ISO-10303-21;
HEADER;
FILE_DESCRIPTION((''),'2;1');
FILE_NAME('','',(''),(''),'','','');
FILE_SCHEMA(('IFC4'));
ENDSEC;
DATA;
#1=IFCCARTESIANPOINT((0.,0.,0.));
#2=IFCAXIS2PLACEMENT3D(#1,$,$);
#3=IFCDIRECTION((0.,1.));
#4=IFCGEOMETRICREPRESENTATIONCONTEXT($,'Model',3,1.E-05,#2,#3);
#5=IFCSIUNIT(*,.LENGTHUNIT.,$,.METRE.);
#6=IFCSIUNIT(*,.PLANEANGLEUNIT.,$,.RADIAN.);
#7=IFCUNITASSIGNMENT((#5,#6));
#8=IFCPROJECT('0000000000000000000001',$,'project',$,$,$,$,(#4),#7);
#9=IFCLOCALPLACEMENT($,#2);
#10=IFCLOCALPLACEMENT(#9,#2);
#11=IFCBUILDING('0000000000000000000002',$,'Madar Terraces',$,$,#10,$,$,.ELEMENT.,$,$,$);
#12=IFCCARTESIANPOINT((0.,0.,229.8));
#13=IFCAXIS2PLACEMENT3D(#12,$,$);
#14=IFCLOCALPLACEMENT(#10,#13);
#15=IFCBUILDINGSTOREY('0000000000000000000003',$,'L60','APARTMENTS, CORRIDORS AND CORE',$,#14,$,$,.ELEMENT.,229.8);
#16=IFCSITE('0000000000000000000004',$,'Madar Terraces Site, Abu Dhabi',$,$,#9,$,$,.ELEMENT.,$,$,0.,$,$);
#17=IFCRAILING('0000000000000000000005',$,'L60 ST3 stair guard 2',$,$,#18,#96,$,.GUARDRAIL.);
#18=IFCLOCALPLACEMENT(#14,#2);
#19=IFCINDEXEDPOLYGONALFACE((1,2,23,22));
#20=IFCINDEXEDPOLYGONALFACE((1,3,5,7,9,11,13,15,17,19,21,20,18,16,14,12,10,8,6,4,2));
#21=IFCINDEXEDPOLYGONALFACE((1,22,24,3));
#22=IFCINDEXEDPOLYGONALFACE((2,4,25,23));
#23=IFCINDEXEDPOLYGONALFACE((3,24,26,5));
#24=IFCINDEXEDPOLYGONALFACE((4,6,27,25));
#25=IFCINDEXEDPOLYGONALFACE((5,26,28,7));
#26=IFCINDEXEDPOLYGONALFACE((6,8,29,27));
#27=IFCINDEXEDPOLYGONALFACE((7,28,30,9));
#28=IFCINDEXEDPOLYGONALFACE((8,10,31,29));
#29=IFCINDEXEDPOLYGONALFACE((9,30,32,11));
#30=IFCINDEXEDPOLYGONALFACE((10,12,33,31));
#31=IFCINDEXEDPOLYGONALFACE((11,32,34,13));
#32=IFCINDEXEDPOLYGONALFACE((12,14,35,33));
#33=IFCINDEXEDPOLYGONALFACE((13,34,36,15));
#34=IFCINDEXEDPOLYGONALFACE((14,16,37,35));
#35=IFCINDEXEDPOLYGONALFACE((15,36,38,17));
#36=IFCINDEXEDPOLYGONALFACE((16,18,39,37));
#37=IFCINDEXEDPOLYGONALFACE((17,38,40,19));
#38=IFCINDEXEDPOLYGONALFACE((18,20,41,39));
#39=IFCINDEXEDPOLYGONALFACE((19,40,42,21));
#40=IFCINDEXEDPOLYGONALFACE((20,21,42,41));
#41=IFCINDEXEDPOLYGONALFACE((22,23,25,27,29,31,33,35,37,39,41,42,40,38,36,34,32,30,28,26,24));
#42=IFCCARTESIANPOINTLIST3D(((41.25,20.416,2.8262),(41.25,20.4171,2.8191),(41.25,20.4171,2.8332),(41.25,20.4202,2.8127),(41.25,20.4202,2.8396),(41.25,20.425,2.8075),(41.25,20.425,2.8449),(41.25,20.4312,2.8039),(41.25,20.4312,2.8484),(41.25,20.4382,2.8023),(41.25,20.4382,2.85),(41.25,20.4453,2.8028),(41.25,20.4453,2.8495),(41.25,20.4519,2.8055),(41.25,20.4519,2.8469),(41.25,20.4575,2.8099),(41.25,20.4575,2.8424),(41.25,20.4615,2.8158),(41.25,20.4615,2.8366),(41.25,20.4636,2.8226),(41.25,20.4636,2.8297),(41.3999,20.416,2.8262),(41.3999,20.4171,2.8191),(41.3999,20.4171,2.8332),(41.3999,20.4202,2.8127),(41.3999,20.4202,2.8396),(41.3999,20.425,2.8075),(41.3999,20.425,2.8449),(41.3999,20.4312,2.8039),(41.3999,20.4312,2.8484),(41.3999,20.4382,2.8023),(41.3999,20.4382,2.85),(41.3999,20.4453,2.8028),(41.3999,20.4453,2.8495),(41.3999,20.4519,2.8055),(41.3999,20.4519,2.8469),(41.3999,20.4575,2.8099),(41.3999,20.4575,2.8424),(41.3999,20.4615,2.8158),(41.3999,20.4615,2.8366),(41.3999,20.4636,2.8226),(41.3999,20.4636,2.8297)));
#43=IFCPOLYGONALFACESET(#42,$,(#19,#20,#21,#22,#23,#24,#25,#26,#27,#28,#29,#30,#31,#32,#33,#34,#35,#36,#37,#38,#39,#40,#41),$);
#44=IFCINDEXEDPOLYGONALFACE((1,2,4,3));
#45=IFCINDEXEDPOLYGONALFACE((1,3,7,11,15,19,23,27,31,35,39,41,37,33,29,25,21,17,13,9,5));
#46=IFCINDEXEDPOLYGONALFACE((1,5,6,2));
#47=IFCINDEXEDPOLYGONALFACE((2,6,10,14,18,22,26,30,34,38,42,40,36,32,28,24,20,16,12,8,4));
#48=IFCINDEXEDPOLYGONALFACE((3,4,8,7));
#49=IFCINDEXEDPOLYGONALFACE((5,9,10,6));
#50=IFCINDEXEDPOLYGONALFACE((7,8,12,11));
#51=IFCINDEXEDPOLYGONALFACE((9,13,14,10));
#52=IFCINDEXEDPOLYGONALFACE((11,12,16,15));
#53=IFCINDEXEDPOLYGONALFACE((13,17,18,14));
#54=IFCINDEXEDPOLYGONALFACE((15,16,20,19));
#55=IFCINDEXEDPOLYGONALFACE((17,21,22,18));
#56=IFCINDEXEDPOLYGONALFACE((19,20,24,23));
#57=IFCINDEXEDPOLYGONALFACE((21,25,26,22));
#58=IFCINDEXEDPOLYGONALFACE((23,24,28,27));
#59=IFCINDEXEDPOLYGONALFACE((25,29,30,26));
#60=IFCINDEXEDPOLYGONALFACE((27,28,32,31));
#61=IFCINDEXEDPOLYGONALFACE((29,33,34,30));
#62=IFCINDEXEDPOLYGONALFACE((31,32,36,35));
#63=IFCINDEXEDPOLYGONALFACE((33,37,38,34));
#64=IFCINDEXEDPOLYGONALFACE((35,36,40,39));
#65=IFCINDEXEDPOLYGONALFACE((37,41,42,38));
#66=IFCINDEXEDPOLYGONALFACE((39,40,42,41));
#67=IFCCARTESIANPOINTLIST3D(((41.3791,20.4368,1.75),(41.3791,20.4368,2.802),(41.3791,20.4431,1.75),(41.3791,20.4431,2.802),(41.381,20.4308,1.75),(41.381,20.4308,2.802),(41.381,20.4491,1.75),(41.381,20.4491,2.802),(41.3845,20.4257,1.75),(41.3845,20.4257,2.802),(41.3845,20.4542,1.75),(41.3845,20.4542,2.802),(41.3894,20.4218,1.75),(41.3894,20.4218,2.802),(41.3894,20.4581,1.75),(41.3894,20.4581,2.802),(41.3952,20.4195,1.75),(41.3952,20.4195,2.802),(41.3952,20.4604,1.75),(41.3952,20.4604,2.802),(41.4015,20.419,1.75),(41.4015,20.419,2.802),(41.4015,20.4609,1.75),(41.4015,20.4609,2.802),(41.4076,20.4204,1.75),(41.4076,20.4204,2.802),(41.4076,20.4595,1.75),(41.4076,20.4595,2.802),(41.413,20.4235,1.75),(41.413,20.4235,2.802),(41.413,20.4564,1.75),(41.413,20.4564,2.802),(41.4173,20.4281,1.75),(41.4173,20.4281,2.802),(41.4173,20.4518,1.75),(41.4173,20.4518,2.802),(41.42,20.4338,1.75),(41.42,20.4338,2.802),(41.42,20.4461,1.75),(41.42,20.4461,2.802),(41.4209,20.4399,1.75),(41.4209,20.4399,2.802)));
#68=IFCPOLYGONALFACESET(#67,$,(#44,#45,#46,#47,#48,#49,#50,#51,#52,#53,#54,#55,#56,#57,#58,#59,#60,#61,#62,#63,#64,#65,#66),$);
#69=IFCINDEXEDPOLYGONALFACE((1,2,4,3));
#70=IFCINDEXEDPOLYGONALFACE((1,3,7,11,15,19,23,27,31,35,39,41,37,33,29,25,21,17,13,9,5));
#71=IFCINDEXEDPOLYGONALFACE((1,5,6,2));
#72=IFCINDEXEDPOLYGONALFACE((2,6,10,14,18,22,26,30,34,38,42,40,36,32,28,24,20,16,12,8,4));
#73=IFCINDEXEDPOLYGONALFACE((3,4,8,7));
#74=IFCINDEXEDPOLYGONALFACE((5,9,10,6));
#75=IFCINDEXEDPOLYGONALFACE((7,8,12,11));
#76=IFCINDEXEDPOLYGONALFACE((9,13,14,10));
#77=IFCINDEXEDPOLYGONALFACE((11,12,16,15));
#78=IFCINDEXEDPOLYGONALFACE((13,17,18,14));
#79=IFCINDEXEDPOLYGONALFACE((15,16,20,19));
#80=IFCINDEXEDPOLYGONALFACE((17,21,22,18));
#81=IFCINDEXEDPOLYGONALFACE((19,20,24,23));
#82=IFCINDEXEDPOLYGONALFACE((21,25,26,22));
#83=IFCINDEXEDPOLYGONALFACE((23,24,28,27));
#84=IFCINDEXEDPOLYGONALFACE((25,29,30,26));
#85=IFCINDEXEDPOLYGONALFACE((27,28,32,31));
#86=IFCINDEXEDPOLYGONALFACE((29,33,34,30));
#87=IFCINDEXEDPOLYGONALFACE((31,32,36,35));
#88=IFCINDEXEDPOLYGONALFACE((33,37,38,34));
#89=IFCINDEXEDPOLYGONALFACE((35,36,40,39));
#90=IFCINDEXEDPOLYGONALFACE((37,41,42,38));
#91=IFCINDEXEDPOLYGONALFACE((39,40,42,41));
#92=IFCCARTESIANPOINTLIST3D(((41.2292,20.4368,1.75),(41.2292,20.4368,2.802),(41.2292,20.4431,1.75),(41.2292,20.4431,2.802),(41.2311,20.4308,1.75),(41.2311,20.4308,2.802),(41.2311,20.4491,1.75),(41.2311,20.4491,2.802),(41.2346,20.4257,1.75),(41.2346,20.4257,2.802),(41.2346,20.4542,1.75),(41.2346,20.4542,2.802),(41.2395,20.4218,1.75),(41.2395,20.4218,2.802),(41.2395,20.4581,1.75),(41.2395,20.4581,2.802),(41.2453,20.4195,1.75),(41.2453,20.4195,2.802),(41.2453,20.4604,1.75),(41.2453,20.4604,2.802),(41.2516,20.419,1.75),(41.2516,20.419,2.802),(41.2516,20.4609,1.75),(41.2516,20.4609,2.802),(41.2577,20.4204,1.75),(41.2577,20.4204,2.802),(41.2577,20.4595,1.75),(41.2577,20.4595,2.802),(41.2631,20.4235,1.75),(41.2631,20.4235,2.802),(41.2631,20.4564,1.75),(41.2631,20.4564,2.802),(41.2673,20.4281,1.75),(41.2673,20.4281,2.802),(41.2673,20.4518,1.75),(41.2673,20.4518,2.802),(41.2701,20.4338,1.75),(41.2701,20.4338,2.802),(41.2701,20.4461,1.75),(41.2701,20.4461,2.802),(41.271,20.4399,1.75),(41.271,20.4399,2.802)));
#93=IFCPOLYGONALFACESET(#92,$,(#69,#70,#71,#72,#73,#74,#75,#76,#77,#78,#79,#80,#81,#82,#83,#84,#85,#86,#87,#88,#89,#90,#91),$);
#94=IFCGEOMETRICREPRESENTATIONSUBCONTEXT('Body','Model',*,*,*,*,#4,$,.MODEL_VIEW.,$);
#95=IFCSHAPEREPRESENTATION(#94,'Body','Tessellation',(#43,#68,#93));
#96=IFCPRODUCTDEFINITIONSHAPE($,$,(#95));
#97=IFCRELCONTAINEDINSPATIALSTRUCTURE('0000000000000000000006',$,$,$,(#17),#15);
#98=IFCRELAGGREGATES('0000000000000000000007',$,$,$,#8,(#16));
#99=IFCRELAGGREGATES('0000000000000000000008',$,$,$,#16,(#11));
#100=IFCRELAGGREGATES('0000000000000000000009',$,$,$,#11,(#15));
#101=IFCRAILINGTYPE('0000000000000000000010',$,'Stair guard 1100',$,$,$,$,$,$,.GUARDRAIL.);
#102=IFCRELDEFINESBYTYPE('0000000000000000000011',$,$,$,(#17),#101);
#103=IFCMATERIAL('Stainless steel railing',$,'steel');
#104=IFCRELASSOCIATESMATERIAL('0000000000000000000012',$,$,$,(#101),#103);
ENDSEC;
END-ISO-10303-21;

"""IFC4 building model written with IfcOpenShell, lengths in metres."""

from ifc_helpers import new_model, si_unit, direction, frame, origin, origin_2d, place, context, subcontext, project, spatial, circle, extrude, material, type_object, element, save


model = new_model("IFC4")

# Units and contexts
model_context = context("Model", 3, precision=1e-05, world=origin(), true_north=direction((0.0, 1.0)))
body_context = subcontext(model_context, "Body", "Model", "MODEL_VIEW")
ifc_project = project(units=[si_unit("LENGTHUNIT", "METRE"), si_unit("PLANEANGLEUNIT", "RADIAN")], contexts=[model_context])

# Site, building, storey
site_placement = place(None, origin())
site = spatial("IfcSite", under=ifc_project, at=site_placement, Name="Madar Terraces Site, Abu Dhabi", CompositionType="ELEMENT", RefElevation=0.0)
building_placement = place(site_placement, origin())
building = spatial("IfcBuilding", under=site, at=building_placement, Name="Madar Terraces", CompositionType="ELEMENT")
storey_placement = place(building_placement, frame((0.0, 0.0, 229.8)))
storey = spatial("IfcBuildingStorey", under=building, at=storey_placement, Name="L60", Description="APARTMENTS, CORRIDORS AND CORE", CompositionType="ELEMENT", Elevation=229.8)

# Railing
ifc_material_1 = material(Name="Stainless steel railing", Category="steel")
railing_type_1 = type_object("IfcRailingType", Name="Stair guard 1100", PredefinedType="GUARDRAIL", material=ifc_material_1)
railing_1_placement = place(storey_placement, frame((41.3999, 20.4399, 1.75)))
element("IfcRailing", 1, at=railing_1_placement, inside=storey, type_object=railing_type_1, Name="L60 ST3 stair guard 2", PredefinedType="GUARDRAIL", context=body_context, shape_type="SweptSolid", body=[
    extrude(circle(Radius=0.0239, at=origin_2d()), frame((0.0, 0.0, 1.0762), z_axis=(-1.0, 0.0, 0.0), x_axis=(0.0, -1.0, 0.0)), (0.0, 0.0, 1.0), 0.1499),
    extrude(circle(Radius=0.021, at=origin_2d()), origin(), (0.0, 0.0, 1.0), 1.052),
    extrude(circle(Radius=0.021, at=origin_2d()), frame((-0.1499, 0.0, 0.0)), (0.0, 0.0, 1.0), 1.052),
])

save(model, "model.ifc")
